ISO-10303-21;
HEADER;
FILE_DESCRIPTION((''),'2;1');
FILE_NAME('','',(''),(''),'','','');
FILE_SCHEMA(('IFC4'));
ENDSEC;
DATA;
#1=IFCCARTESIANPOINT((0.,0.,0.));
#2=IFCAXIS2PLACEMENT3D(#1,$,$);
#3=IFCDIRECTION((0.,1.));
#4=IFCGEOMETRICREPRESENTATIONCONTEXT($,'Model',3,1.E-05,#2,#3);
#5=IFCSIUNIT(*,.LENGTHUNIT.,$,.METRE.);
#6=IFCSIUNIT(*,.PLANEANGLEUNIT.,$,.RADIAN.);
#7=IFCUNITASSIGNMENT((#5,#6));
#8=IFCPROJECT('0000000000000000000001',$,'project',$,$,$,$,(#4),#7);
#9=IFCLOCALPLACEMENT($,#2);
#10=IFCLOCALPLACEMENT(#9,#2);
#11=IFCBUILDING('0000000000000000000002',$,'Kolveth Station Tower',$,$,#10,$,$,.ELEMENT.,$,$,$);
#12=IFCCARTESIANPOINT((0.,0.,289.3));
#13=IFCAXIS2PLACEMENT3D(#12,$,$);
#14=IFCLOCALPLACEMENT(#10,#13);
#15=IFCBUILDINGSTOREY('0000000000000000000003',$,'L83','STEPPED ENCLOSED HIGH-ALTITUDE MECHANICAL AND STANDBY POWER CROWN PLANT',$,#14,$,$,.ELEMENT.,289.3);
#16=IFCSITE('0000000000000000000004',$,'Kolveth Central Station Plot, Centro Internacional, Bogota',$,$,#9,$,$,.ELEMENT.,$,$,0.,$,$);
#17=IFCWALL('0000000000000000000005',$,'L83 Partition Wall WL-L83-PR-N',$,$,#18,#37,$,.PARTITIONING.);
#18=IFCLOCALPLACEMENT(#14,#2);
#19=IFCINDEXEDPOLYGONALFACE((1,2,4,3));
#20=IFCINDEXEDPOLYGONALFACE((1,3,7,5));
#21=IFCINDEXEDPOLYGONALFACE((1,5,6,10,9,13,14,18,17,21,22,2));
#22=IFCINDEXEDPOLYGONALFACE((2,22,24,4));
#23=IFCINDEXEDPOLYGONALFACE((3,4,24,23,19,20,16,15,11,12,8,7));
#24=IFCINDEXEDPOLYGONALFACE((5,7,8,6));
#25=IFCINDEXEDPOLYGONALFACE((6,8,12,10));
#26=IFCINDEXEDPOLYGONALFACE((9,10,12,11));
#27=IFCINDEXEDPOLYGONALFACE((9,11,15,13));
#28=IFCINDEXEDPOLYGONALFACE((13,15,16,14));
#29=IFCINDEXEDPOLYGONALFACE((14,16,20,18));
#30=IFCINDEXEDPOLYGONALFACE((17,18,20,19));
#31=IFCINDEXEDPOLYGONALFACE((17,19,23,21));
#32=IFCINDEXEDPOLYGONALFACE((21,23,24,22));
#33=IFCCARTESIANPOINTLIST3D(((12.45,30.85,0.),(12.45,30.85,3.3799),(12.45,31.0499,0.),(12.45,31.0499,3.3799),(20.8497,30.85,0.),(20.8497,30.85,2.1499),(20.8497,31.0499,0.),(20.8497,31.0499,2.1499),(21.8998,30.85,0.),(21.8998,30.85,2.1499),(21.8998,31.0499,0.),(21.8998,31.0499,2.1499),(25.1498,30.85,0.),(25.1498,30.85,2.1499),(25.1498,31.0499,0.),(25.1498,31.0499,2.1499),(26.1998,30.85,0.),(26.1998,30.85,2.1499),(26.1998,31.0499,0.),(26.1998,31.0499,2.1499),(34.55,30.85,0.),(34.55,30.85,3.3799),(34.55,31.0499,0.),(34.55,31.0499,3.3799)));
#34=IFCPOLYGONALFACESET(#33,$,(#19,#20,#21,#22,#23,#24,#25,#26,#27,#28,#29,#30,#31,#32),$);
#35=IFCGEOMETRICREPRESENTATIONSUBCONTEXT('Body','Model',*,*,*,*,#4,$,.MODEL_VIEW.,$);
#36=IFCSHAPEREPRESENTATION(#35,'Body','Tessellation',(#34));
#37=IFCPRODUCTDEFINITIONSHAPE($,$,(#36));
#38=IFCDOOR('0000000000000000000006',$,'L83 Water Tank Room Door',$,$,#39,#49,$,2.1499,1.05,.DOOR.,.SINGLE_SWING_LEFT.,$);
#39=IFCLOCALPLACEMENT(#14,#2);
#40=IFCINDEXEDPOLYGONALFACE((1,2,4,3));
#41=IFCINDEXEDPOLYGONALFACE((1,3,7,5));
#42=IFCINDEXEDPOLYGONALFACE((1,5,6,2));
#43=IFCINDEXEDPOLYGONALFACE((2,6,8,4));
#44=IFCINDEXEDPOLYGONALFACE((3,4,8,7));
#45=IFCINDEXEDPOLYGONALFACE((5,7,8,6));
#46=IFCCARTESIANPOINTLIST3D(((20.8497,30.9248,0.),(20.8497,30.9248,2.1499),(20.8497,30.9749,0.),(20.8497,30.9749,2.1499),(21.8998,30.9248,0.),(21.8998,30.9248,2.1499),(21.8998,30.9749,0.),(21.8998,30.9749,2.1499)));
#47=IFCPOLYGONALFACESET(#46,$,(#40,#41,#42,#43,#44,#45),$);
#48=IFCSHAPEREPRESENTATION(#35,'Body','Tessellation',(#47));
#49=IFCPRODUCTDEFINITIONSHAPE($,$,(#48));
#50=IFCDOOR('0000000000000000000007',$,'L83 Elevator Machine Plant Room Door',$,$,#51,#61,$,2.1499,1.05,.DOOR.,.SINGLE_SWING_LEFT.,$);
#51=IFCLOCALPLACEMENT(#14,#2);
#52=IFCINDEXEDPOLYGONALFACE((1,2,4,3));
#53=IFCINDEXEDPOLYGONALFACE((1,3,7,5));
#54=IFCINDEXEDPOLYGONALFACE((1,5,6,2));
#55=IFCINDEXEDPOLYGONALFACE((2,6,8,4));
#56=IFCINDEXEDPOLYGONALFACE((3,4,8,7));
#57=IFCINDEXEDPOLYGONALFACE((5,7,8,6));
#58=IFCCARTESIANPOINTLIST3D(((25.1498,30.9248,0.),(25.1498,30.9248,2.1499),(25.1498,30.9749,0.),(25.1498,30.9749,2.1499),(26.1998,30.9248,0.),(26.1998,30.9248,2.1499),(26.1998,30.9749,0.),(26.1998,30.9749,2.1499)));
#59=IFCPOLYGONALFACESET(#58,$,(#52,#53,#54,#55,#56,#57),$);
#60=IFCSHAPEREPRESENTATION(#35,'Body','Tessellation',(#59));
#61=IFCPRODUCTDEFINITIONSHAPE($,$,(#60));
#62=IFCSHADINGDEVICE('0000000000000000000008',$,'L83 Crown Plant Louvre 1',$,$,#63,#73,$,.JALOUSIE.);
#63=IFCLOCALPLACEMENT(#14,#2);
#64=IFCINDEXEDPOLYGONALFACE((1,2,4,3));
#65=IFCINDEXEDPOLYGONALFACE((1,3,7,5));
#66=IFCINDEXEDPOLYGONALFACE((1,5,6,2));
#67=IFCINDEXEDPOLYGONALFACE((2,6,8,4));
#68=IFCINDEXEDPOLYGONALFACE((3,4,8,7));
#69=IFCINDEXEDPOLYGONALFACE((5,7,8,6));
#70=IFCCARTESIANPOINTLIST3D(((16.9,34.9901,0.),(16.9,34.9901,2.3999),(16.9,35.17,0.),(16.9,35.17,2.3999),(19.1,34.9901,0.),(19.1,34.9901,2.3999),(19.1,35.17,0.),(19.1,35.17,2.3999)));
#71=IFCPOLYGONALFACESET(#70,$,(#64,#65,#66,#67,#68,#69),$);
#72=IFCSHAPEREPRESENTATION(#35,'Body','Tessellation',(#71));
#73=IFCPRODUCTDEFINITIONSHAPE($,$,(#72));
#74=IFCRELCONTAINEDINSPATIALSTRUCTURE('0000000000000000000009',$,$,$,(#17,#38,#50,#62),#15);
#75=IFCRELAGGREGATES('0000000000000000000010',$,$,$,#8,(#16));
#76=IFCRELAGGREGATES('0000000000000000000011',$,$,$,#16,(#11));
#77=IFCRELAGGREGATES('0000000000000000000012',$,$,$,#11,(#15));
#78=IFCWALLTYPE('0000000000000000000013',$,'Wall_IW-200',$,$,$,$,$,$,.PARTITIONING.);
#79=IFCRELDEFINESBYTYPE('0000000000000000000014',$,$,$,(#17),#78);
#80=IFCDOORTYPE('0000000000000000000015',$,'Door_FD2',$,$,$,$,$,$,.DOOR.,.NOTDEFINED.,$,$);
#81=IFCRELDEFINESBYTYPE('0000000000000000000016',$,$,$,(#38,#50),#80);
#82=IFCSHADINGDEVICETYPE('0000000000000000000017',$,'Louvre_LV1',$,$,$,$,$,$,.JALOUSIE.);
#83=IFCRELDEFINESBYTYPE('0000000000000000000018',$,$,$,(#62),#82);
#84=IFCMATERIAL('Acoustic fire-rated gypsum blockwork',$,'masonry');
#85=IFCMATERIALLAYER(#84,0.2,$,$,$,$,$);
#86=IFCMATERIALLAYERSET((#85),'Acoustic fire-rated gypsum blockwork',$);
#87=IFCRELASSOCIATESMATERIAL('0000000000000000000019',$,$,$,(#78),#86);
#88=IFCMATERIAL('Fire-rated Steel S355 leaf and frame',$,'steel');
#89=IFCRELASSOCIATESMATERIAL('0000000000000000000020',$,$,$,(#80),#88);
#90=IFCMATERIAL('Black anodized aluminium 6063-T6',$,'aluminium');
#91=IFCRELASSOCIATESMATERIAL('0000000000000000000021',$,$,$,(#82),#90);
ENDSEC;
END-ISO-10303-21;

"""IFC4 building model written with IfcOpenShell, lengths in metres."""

from ifc_helpers import new_model, si_unit, direction, frame, frame_2d, origin, origin_2d, place, context, subcontext, project, spatial, rectangle, extrude, source, transform, mapped, material, layer, layer_set, type_object, element, fill, save


model = new_model("IFC4")

# Units and contexts
model_context = context("Model", 3, precision=1e-05, world=origin(), true_north=direction((0.0, 1.0)))
body_context = subcontext(model_context, "Body", "Model", "MODEL_VIEW")
ifc_project = project(units=[si_unit("LENGTHUNIT", "METRE"), si_unit("PLANEANGLEUNIT", "RADIAN")], contexts=[model_context])

# Site, building, storey
site_placement = place(None, origin())
site = spatial("IfcSite", under=ifc_project, at=site_placement, Name="Kolveth Central Station Plot, Centro Internacional, Bogota", CompositionType="ELEMENT", RefElevation=0.0)
building_placement = place(site_placement, origin())
building = spatial("IfcBuilding", under=site, at=building_placement, Name="Kolveth Station Tower", CompositionType="ELEMENT")
storey_placement = place(building_placement, frame((0.0, 0.0, 289.3)))
storey = spatial("IfcBuildingStorey", under=building, at=storey_placement, Name="L83", Description="STEPPED ENCLOSED HIGH-ALTITUDE MECHANICAL AND STANDBY POWER CROWN PLANT", CompositionType="ELEMENT", Elevation=289.3)

# Shared definitions
ifc_material_1 = material(Name="Black anodized aluminium 6063-T6", Category="aluminium")

# Wall, openings, doors
ifc_material_2 = material(Name="Acoustic fire-rated gypsum blockwork", Category="masonry")
ifc_layer_1 = layer(ifc_material_2, 0.2)
ifc_layer_set_1 = layer_set([ifc_layer_1], Name="Acoustic fire-rated gypsum blockwork")
wall_type = type_object("IfcWallType", Name="Wall_IW-200", PredefinedType="PARTITIONING", material=ifc_layer_set_1)
wall_placement = place(storey_placement, frame((12.45, 30.95, 0.0), z_axis=(0.0, 0.0, 1.0), x_axis=(1.0, 0.0, 0.0)))
wall = element("IfcWall", 1, at=wall_placement, inside=storey, type_object=wall_type, Name="L83 Partition Wall WL-L83-PR-N", PredefinedType="PARTITIONING", context=body_context, shape_type="SweptSolid", body=[
    extrude(rectangle(XDim=22.1001, YDim=0.2, at=frame_2d((11.05, 0.0))), origin(), (0.0, 0.0, 1.0), 3.3799),
])
opening_1_placement = place(wall_placement, frame((8.3999, 0.0, 0.0)))
opening_1 = element("IfcOpeningElement", 2, at=opening_1_placement, cuts=wall, PredefinedType="OPENING", context=body_context, shape_type="SweptSolid", body=[
    extrude(rectangle(XDim=1.05, YDim=2.1499, at=frame_2d((0.5249, 1.075))), frame((0.0, 0.1099, 0.0), z_axis=(0.0, -1.0, 0.0), x_axis=(1.0, 0.0, 0.0)), (0.0, 0.0, 1.0), 0.22),
])
opening_2_placement = place(wall_placement, frame((12.7, 0.0, 0.0)))
opening_2 = element("IfcOpeningElement", 3, at=opening_2_placement, cuts=wall, PredefinedType="OPENING", context=body_context, shape_type="SweptSolid", body=[
    extrude(rectangle(XDim=1.05, YDim=2.1499, at=frame_2d((0.5249, 1.075))), frame((0.0, 0.1099, 0.0), z_axis=(0.0, -1.0, 0.0), x_axis=(1.0, 0.0, 0.0)), (0.0, 0.0, 1.0), 0.22),
])
ifc_material_3 = material(Name="Fire-rated Steel S355 leaf and frame", Category="steel")
door_type = type_object("IfcDoorType", Name="Door_FD2", OperationType="NOTDEFINED", PredefinedType="DOOR", material=ifc_material_3)
door_1_placement = place(opening_1_placement, origin())
door_1 = element("IfcDoor", 4, at=door_1_placement, inside=storey, type_object=door_type, Name="L83 Water Tank Room Door", OperationType="SINGLE_SWING_LEFT", OverallHeight=2.1499, OverallWidth=1.05, PredefinedType="DOOR", context=body_context, shape_type="SweptSolid", body=[
    extrude(rectangle(XDim=1.05, YDim=2.1499, at=frame_2d((0.5249, 1.075))), frame((0.0, 0.0249, 0.0), z_axis=(0.0, -1.0, 0.0), x_axis=(1.0, 0.0, 0.0)), (0.0, 0.0, 1.0), 0.05),
])
fill(opening_1, door_1)
door_2_placement = place(opening_2_placement, origin())
door_2 = element("IfcDoor", 5, at=door_2_placement, inside=storey, type_object=door_type, Name="L83 Elevator Machine Plant Room Door", OperationType="SINGLE_SWING_LEFT", OverallHeight=2.1499, OverallWidth=1.05, PredefinedType="DOOR", context=body_context, shape_type="SweptSolid", body=[
    extrude(rectangle(XDim=1.05, YDim=2.1499, at=frame_2d((0.5249, 1.075))), frame((0.0, 0.0249, 0.0), z_axis=(0.0, -1.0, 0.0), x_axis=(1.0, 0.0, 0.0)), (0.0, 0.0, 1.0), 0.05),
])
fill(opening_2, door_2)

# Shading device
shading_device_type = type_object("IfcShadingDeviceType", Name="Louvre_LV1", PredefinedType="JALOUSIE", material=ifc_material_1)
shared_shape_1 = source(origin(), body_context, "Body", "SweptSolid", [
    extrude(rectangle(XDim=2.2, YDim=0.1799, at=origin_2d()), origin(), (0.0, 0.0, 1.0), 2.3999),
])
shading_device_placement = place(storey_placement, frame((18.0, 35.0801, 0.0), z_axis=(0.0, 0.0, 1.0), x_axis=(1.0, 0.0, 0.0)))
element("IfcShadingDevice", 6, at=shading_device_placement, inside=storey, type_object=shading_device_type, Name="L83 Crown Plant Louvre 1", PredefinedType="JALOUSIE", context=body_context, shape_type="MappedRepresentation", body=[
    mapped(shared_shape_1, transform((0.0, 0.0, 0.0), x_axis=(1.0, 0.0, 0.0), y_axis=(0.0, 1.0, 0.0), z_axis=(0.0, 0.0, 1.0), scale=1.0)),
])

save(model, "model.ifc")
